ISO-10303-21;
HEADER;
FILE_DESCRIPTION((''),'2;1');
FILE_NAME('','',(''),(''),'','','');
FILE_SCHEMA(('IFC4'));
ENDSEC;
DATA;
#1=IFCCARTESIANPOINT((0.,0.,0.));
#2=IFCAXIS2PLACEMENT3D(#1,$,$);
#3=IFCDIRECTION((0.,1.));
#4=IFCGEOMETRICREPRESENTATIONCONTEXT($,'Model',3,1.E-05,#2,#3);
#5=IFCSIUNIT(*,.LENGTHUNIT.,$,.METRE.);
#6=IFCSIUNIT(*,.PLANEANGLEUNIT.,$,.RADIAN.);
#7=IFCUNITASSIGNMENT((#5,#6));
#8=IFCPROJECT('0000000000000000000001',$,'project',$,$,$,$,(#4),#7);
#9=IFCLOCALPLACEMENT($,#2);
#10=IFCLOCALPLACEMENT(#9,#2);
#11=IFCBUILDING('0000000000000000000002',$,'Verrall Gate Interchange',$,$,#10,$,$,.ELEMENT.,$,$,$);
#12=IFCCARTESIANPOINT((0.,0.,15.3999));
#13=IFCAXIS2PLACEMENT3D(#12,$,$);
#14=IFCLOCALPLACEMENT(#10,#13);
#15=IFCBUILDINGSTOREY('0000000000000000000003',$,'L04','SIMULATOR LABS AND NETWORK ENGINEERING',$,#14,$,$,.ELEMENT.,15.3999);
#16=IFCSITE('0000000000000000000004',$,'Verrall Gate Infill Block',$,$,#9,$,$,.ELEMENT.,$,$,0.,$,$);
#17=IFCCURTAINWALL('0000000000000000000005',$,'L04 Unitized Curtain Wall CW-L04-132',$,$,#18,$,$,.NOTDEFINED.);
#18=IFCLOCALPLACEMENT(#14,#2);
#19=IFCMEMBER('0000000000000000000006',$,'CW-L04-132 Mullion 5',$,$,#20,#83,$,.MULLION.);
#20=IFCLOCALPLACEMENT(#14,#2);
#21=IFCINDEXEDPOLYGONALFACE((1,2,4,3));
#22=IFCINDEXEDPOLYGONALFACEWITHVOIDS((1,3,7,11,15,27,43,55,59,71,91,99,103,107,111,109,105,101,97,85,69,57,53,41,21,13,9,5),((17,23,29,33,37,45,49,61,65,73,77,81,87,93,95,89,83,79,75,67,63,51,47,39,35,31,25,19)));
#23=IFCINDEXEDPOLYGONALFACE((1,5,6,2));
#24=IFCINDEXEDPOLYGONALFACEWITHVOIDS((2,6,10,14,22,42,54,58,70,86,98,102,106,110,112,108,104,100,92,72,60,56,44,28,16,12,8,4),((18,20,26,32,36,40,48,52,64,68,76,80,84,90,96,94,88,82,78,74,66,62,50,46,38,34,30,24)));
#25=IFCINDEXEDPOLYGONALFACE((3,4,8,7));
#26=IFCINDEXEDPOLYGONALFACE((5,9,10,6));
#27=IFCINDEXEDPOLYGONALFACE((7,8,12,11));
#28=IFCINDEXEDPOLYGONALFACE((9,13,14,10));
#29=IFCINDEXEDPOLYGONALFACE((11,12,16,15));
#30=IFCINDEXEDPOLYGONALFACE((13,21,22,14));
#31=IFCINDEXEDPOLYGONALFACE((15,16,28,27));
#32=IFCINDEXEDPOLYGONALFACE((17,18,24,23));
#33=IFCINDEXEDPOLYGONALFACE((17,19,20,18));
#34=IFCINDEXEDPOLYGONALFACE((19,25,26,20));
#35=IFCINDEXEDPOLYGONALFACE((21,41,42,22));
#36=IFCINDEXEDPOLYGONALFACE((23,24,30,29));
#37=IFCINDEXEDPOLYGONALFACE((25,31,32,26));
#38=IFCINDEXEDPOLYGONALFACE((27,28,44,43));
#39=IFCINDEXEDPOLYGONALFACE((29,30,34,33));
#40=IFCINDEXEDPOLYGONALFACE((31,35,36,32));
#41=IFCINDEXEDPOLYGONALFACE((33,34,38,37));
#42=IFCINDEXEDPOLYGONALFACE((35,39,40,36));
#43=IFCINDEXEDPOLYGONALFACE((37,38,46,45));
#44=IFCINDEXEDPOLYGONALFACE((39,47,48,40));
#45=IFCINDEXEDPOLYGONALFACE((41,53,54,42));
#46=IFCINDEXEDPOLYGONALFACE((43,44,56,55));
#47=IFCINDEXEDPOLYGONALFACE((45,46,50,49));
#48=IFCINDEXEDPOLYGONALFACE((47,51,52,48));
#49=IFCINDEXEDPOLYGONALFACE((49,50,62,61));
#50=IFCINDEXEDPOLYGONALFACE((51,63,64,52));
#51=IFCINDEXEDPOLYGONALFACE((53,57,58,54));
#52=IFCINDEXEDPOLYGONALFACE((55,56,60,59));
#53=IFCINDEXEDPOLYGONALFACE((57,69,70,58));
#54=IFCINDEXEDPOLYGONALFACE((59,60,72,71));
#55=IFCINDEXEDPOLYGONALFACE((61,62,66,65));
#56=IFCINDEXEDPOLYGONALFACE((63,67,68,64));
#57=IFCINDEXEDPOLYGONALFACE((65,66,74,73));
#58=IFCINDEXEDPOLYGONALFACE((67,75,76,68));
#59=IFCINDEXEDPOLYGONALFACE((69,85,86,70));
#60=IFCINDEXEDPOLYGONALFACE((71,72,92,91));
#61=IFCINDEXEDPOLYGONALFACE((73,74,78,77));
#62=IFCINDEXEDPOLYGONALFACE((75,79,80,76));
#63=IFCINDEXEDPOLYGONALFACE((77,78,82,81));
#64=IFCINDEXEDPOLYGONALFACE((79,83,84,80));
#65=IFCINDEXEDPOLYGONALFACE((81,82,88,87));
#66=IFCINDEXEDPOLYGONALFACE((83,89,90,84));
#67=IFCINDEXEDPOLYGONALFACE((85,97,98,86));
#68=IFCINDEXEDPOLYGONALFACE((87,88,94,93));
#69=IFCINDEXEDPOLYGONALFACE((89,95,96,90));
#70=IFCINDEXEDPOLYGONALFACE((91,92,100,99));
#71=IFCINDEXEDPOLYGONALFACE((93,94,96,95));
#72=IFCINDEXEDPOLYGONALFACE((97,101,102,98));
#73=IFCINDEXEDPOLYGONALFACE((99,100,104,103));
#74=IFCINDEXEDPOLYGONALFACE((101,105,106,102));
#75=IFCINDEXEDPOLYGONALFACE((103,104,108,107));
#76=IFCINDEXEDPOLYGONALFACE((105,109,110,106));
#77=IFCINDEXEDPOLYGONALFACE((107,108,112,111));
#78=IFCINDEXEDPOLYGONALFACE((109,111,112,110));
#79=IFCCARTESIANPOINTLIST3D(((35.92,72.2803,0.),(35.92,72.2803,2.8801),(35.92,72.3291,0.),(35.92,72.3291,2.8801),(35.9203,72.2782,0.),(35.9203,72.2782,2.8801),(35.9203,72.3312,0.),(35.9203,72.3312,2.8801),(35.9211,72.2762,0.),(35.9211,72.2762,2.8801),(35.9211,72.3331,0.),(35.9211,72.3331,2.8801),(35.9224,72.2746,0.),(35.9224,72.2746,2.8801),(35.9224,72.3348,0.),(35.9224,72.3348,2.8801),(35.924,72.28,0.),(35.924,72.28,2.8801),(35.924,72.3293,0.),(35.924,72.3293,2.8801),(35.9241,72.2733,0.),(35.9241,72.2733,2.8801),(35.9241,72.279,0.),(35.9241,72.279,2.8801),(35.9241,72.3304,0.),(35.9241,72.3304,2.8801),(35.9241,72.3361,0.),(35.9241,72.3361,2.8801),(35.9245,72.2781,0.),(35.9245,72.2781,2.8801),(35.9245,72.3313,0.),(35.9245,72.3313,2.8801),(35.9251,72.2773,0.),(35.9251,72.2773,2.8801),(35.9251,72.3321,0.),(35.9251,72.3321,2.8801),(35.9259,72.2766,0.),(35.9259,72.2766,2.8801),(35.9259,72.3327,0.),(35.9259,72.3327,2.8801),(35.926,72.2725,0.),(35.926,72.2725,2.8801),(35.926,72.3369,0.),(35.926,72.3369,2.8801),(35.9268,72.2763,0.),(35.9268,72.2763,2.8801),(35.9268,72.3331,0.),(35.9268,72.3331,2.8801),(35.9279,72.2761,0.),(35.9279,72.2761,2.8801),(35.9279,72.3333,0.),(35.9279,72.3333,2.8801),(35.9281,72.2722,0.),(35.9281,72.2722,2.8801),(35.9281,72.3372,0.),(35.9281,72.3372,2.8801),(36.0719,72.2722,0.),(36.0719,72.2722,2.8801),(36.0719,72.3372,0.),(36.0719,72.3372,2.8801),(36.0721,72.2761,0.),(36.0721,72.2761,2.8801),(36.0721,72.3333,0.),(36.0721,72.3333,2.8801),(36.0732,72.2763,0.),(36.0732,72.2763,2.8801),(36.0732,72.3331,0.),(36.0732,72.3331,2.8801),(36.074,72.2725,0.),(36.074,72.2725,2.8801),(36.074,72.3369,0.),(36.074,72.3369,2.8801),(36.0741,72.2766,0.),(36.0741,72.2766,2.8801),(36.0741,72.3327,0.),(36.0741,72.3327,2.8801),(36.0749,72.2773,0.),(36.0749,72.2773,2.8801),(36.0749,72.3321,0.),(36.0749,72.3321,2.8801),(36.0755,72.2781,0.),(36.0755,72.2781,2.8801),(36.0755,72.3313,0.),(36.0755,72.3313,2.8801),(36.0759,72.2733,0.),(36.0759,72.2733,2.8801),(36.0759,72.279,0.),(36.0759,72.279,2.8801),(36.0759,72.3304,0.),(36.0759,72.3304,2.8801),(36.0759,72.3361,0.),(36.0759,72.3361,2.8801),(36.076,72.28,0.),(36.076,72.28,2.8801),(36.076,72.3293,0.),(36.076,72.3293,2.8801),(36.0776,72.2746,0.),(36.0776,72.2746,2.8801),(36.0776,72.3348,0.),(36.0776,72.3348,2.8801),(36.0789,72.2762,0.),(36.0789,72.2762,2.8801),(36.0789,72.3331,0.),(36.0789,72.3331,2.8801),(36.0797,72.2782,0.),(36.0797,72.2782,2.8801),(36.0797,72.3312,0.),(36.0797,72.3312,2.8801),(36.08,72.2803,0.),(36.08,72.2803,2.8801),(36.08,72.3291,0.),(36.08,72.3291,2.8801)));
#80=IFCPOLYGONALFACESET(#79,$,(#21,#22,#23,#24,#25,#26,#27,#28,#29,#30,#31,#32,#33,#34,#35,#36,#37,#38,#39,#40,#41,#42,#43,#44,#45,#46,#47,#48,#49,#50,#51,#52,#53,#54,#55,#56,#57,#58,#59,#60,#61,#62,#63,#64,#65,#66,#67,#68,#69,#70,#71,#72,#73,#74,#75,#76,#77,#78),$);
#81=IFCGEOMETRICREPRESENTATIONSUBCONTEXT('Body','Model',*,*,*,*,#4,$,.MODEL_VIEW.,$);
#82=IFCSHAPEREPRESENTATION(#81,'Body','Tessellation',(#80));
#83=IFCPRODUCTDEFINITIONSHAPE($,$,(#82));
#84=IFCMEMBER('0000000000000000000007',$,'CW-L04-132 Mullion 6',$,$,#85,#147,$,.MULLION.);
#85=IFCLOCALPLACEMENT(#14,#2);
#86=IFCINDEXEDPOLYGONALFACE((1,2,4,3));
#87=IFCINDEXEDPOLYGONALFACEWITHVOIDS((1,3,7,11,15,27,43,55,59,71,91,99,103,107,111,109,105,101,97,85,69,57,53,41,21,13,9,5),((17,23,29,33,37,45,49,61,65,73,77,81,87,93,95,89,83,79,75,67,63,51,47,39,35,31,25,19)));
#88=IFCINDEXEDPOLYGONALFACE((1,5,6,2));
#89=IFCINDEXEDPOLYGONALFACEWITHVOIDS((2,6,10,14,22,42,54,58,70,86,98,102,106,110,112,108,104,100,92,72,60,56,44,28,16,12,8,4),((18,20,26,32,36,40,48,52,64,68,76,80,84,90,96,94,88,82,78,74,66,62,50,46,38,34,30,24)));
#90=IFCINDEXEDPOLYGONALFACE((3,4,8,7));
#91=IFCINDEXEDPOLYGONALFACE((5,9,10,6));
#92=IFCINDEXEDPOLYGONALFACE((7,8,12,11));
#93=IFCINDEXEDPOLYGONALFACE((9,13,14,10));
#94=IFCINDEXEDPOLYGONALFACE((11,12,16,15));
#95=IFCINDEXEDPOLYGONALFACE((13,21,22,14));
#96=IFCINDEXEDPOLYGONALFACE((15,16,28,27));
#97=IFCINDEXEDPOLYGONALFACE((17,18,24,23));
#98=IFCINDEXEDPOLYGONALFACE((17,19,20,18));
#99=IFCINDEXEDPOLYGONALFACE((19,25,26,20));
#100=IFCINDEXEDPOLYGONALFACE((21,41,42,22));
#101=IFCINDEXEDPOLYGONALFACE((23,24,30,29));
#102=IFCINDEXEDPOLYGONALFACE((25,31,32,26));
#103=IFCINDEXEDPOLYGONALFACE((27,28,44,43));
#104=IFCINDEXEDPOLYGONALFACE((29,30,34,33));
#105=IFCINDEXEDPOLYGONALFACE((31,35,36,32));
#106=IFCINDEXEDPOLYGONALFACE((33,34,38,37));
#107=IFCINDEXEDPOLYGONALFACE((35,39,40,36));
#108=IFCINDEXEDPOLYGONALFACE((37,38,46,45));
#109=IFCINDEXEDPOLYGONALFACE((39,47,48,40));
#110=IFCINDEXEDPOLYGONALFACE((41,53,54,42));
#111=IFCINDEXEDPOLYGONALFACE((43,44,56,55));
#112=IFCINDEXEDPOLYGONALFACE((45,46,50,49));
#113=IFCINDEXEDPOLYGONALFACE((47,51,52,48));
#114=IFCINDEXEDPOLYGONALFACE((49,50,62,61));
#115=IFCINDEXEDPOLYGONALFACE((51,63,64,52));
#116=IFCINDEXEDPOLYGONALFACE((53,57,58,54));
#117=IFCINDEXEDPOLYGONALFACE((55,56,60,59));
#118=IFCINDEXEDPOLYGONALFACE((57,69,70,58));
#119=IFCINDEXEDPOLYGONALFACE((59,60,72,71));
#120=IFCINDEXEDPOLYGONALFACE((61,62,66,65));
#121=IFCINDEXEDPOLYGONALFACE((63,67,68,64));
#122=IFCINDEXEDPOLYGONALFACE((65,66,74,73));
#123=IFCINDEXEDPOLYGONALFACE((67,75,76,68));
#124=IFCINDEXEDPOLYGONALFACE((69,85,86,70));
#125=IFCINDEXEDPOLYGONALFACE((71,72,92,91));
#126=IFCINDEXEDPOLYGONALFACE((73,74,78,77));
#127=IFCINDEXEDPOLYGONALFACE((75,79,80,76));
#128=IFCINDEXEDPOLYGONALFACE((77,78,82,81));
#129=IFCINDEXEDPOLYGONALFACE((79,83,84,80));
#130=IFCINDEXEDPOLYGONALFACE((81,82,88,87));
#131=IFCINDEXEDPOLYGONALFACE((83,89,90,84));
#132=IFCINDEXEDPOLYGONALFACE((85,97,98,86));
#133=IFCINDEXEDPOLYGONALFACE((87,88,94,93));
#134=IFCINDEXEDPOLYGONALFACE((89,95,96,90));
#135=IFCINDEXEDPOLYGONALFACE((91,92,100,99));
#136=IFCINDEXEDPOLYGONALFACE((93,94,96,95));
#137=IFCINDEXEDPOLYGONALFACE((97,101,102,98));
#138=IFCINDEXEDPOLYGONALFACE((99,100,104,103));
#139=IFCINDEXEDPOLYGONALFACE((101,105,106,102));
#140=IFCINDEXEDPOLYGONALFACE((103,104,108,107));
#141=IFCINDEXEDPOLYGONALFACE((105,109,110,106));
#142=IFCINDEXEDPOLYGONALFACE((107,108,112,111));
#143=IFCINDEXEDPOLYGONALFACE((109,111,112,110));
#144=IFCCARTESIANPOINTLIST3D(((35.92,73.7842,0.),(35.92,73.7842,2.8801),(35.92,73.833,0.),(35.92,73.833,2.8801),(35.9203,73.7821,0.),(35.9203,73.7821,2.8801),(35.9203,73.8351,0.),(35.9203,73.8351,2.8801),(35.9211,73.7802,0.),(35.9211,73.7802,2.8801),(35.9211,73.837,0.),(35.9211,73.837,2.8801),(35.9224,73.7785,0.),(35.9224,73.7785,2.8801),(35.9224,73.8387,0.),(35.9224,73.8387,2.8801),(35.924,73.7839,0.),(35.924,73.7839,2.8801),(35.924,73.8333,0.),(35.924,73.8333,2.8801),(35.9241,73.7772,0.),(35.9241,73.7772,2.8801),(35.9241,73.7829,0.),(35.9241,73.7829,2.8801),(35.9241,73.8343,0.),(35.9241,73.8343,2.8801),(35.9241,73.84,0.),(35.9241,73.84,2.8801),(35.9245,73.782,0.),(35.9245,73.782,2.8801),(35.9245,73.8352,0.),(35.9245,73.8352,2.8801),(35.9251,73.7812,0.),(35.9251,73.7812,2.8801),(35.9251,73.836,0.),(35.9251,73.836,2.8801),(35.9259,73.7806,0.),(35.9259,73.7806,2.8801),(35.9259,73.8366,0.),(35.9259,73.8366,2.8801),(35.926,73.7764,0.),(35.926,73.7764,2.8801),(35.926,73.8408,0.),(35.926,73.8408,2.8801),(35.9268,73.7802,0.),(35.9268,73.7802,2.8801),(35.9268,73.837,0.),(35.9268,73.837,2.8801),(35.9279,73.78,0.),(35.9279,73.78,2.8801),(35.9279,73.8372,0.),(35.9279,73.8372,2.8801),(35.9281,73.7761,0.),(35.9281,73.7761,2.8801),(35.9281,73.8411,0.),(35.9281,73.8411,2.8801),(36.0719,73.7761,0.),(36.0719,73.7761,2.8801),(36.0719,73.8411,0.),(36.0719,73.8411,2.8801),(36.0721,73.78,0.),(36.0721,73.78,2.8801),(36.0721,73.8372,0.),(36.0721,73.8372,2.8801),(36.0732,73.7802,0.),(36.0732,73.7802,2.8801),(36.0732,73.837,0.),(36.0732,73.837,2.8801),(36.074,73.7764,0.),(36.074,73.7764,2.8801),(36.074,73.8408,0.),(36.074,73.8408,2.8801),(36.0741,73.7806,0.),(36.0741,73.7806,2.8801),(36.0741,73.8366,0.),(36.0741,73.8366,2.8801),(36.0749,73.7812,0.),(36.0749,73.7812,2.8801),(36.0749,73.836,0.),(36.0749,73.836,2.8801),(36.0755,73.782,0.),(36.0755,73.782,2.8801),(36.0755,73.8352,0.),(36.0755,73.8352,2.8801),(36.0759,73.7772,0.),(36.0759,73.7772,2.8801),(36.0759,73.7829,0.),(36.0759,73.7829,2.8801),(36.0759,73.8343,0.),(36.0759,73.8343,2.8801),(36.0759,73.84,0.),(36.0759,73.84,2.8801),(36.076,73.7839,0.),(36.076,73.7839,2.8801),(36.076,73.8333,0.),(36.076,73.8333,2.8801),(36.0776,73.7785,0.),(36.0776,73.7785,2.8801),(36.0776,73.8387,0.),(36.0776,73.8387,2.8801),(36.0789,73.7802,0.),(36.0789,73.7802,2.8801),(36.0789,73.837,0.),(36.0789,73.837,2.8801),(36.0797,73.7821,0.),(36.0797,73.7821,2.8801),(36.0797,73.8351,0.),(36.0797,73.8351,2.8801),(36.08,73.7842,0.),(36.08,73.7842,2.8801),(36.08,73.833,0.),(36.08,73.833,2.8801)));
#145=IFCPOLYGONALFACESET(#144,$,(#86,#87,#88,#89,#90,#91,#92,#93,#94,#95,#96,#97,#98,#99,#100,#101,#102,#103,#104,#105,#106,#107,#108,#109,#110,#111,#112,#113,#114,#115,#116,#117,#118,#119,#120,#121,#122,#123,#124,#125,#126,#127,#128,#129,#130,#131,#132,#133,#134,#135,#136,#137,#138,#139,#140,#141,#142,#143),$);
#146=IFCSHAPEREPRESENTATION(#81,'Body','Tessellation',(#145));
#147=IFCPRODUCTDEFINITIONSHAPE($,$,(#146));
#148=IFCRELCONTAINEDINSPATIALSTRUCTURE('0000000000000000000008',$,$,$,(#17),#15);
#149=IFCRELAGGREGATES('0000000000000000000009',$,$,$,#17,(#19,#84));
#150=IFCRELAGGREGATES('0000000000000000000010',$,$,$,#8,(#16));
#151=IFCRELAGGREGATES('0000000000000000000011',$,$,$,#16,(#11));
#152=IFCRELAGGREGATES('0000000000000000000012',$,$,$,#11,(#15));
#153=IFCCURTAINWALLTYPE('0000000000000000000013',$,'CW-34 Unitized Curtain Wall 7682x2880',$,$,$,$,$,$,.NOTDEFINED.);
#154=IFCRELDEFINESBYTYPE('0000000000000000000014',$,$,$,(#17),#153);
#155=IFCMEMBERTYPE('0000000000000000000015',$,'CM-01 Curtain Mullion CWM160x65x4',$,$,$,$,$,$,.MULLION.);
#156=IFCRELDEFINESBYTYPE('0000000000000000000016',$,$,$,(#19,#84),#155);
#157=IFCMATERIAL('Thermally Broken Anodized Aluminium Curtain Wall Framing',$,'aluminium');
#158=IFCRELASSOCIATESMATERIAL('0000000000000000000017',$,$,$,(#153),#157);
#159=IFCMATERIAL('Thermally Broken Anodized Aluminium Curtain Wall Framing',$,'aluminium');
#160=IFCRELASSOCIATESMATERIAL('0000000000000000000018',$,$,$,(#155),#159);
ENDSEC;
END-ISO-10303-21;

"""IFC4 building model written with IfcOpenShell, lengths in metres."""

from ifc_helpers import new_model, si_unit, direction, frame, origin, origin_2d, place, context, subcontext, project, spatial, hollow_rectangle, extrude, material, material_profile, profile_set, type_object, element, aggregate, save


model = new_model("IFC4")

# Units and contexts
model_context = context("Model", 3, precision=1e-05, world=origin(), true_north=direction((0.0, 1.0)))
body_context = subcontext(model_context, "Body", "Model", "MODEL_VIEW")
ifc_project = project(units=[si_unit("LENGTHUNIT", "METRE"), si_unit("PLANEANGLEUNIT", "RADIAN")], contexts=[model_context])

# Site, building, storey
site_placement = place(None, origin())
site = spatial("IfcSite", under=ifc_project, at=site_placement, Name="Verrall Gate Infill Block", CompositionType="ELEMENT", RefElevation=0.0)
building_placement = place(site_placement, origin())
building = spatial("IfcBuilding", under=site, at=building_placement, Name="Verrall Gate Interchange", CompositionType="ELEMENT")
storey_placement = place(building_placement, frame((0.0, 0.0, 15.3999)))
storey = spatial("IfcBuildingStorey", under=building, at=storey_placement, Name="L04", Description="SIMULATOR LABS AND NETWORK ENGINEERING", CompositionType="ELEMENT", Elevation=15.3999)

# Curtain wall, members
ifc_material_1 = material(Name="Thermally Broken Anodized Aluminium Curtain Wall Framing", Category="aluminium")
curtain_wall_type_1 = type_object("IfcCurtainWallType", Name="CW-34 Unitized Curtain Wall 7682x2880", PredefinedType="NOTDEFINED", material=ifc_material_1)
curtain_wall_1_placement = place(storey_placement, origin())
curtain_wall_1 = element("IfcCurtainWall", 1, at=curtain_wall_1_placement, inside=storey, type_object=curtain_wall_type_1, Name="L04 Unitized Curtain Wall CW-L04-132", PredefinedType="NOTDEFINED")
ifc_material_2 = material(Name="Thermally Broken Anodized Aluminium Curtain Wall Framing", Category="aluminium")
ifc_material_profile_1 = material_profile(ifc_material_2, hollow_rectangle(XDim=0.0649, YDim=0.1599, WallThickness=0.0039, InnerFilletRadius=0.0039, OuterFilletRadius=0.0081, at=origin_2d()), Name="CWM160x65x4")
ifc_profile_set_1 = profile_set([ifc_material_profile_1], Name="Thermally Broken Anodized Aluminium Curtain Wall Framing")
member_type_1 = type_object("IfcMemberType", Name="CM-01 Curtain Mullion CWM160x65x4", PredefinedType="MULLION", material=ifc_profile_set_1)
member_1_placement = place(storey_placement, frame((36.0, 72.3047, 0.0), z_axis=(0.0, 0.0, 1.0), x_axis=(0.0, 1.0, 0.0)))
member_1 = element("IfcMember", 2, at=member_1_placement, type_object=member_type_1, Name="CW-L04-132 Mullion 5", PredefinedType="MULLION", context=body_context, shape_type="SweptSolid", body=[
    extrude(hollow_rectangle(XDim=0.0649, YDim=0.1599, WallThickness=0.0039, InnerFilletRadius=0.0039, OuterFilletRadius=0.0081, at=origin_2d()), origin(), (0.0, 0.0, 1.0), 2.8801),
])
member_2_placement = place(storey_placement, frame((36.0, 73.8086, 0.0), z_axis=(0.0, 0.0, 1.0), x_axis=(0.0, 1.0, 0.0)))
member_2 = element("IfcMember", 3, at=member_2_placement, type_object=member_type_1, Name="CW-L04-132 Mullion 6", PredefinedType="MULLION", context=body_context, shape_type="SweptSolid", body=[
    extrude(hollow_rectangle(XDim=0.0649, YDim=0.1599, WallThickness=0.0039, InnerFilletRadius=0.0039, OuterFilletRadius=0.0081, at=origin_2d()), origin(), (0.0, 0.0, 1.0), 2.8801),
])

aggregate(curtain_wall_1, [member_1, member_2])

save(model, "model.ifc")
